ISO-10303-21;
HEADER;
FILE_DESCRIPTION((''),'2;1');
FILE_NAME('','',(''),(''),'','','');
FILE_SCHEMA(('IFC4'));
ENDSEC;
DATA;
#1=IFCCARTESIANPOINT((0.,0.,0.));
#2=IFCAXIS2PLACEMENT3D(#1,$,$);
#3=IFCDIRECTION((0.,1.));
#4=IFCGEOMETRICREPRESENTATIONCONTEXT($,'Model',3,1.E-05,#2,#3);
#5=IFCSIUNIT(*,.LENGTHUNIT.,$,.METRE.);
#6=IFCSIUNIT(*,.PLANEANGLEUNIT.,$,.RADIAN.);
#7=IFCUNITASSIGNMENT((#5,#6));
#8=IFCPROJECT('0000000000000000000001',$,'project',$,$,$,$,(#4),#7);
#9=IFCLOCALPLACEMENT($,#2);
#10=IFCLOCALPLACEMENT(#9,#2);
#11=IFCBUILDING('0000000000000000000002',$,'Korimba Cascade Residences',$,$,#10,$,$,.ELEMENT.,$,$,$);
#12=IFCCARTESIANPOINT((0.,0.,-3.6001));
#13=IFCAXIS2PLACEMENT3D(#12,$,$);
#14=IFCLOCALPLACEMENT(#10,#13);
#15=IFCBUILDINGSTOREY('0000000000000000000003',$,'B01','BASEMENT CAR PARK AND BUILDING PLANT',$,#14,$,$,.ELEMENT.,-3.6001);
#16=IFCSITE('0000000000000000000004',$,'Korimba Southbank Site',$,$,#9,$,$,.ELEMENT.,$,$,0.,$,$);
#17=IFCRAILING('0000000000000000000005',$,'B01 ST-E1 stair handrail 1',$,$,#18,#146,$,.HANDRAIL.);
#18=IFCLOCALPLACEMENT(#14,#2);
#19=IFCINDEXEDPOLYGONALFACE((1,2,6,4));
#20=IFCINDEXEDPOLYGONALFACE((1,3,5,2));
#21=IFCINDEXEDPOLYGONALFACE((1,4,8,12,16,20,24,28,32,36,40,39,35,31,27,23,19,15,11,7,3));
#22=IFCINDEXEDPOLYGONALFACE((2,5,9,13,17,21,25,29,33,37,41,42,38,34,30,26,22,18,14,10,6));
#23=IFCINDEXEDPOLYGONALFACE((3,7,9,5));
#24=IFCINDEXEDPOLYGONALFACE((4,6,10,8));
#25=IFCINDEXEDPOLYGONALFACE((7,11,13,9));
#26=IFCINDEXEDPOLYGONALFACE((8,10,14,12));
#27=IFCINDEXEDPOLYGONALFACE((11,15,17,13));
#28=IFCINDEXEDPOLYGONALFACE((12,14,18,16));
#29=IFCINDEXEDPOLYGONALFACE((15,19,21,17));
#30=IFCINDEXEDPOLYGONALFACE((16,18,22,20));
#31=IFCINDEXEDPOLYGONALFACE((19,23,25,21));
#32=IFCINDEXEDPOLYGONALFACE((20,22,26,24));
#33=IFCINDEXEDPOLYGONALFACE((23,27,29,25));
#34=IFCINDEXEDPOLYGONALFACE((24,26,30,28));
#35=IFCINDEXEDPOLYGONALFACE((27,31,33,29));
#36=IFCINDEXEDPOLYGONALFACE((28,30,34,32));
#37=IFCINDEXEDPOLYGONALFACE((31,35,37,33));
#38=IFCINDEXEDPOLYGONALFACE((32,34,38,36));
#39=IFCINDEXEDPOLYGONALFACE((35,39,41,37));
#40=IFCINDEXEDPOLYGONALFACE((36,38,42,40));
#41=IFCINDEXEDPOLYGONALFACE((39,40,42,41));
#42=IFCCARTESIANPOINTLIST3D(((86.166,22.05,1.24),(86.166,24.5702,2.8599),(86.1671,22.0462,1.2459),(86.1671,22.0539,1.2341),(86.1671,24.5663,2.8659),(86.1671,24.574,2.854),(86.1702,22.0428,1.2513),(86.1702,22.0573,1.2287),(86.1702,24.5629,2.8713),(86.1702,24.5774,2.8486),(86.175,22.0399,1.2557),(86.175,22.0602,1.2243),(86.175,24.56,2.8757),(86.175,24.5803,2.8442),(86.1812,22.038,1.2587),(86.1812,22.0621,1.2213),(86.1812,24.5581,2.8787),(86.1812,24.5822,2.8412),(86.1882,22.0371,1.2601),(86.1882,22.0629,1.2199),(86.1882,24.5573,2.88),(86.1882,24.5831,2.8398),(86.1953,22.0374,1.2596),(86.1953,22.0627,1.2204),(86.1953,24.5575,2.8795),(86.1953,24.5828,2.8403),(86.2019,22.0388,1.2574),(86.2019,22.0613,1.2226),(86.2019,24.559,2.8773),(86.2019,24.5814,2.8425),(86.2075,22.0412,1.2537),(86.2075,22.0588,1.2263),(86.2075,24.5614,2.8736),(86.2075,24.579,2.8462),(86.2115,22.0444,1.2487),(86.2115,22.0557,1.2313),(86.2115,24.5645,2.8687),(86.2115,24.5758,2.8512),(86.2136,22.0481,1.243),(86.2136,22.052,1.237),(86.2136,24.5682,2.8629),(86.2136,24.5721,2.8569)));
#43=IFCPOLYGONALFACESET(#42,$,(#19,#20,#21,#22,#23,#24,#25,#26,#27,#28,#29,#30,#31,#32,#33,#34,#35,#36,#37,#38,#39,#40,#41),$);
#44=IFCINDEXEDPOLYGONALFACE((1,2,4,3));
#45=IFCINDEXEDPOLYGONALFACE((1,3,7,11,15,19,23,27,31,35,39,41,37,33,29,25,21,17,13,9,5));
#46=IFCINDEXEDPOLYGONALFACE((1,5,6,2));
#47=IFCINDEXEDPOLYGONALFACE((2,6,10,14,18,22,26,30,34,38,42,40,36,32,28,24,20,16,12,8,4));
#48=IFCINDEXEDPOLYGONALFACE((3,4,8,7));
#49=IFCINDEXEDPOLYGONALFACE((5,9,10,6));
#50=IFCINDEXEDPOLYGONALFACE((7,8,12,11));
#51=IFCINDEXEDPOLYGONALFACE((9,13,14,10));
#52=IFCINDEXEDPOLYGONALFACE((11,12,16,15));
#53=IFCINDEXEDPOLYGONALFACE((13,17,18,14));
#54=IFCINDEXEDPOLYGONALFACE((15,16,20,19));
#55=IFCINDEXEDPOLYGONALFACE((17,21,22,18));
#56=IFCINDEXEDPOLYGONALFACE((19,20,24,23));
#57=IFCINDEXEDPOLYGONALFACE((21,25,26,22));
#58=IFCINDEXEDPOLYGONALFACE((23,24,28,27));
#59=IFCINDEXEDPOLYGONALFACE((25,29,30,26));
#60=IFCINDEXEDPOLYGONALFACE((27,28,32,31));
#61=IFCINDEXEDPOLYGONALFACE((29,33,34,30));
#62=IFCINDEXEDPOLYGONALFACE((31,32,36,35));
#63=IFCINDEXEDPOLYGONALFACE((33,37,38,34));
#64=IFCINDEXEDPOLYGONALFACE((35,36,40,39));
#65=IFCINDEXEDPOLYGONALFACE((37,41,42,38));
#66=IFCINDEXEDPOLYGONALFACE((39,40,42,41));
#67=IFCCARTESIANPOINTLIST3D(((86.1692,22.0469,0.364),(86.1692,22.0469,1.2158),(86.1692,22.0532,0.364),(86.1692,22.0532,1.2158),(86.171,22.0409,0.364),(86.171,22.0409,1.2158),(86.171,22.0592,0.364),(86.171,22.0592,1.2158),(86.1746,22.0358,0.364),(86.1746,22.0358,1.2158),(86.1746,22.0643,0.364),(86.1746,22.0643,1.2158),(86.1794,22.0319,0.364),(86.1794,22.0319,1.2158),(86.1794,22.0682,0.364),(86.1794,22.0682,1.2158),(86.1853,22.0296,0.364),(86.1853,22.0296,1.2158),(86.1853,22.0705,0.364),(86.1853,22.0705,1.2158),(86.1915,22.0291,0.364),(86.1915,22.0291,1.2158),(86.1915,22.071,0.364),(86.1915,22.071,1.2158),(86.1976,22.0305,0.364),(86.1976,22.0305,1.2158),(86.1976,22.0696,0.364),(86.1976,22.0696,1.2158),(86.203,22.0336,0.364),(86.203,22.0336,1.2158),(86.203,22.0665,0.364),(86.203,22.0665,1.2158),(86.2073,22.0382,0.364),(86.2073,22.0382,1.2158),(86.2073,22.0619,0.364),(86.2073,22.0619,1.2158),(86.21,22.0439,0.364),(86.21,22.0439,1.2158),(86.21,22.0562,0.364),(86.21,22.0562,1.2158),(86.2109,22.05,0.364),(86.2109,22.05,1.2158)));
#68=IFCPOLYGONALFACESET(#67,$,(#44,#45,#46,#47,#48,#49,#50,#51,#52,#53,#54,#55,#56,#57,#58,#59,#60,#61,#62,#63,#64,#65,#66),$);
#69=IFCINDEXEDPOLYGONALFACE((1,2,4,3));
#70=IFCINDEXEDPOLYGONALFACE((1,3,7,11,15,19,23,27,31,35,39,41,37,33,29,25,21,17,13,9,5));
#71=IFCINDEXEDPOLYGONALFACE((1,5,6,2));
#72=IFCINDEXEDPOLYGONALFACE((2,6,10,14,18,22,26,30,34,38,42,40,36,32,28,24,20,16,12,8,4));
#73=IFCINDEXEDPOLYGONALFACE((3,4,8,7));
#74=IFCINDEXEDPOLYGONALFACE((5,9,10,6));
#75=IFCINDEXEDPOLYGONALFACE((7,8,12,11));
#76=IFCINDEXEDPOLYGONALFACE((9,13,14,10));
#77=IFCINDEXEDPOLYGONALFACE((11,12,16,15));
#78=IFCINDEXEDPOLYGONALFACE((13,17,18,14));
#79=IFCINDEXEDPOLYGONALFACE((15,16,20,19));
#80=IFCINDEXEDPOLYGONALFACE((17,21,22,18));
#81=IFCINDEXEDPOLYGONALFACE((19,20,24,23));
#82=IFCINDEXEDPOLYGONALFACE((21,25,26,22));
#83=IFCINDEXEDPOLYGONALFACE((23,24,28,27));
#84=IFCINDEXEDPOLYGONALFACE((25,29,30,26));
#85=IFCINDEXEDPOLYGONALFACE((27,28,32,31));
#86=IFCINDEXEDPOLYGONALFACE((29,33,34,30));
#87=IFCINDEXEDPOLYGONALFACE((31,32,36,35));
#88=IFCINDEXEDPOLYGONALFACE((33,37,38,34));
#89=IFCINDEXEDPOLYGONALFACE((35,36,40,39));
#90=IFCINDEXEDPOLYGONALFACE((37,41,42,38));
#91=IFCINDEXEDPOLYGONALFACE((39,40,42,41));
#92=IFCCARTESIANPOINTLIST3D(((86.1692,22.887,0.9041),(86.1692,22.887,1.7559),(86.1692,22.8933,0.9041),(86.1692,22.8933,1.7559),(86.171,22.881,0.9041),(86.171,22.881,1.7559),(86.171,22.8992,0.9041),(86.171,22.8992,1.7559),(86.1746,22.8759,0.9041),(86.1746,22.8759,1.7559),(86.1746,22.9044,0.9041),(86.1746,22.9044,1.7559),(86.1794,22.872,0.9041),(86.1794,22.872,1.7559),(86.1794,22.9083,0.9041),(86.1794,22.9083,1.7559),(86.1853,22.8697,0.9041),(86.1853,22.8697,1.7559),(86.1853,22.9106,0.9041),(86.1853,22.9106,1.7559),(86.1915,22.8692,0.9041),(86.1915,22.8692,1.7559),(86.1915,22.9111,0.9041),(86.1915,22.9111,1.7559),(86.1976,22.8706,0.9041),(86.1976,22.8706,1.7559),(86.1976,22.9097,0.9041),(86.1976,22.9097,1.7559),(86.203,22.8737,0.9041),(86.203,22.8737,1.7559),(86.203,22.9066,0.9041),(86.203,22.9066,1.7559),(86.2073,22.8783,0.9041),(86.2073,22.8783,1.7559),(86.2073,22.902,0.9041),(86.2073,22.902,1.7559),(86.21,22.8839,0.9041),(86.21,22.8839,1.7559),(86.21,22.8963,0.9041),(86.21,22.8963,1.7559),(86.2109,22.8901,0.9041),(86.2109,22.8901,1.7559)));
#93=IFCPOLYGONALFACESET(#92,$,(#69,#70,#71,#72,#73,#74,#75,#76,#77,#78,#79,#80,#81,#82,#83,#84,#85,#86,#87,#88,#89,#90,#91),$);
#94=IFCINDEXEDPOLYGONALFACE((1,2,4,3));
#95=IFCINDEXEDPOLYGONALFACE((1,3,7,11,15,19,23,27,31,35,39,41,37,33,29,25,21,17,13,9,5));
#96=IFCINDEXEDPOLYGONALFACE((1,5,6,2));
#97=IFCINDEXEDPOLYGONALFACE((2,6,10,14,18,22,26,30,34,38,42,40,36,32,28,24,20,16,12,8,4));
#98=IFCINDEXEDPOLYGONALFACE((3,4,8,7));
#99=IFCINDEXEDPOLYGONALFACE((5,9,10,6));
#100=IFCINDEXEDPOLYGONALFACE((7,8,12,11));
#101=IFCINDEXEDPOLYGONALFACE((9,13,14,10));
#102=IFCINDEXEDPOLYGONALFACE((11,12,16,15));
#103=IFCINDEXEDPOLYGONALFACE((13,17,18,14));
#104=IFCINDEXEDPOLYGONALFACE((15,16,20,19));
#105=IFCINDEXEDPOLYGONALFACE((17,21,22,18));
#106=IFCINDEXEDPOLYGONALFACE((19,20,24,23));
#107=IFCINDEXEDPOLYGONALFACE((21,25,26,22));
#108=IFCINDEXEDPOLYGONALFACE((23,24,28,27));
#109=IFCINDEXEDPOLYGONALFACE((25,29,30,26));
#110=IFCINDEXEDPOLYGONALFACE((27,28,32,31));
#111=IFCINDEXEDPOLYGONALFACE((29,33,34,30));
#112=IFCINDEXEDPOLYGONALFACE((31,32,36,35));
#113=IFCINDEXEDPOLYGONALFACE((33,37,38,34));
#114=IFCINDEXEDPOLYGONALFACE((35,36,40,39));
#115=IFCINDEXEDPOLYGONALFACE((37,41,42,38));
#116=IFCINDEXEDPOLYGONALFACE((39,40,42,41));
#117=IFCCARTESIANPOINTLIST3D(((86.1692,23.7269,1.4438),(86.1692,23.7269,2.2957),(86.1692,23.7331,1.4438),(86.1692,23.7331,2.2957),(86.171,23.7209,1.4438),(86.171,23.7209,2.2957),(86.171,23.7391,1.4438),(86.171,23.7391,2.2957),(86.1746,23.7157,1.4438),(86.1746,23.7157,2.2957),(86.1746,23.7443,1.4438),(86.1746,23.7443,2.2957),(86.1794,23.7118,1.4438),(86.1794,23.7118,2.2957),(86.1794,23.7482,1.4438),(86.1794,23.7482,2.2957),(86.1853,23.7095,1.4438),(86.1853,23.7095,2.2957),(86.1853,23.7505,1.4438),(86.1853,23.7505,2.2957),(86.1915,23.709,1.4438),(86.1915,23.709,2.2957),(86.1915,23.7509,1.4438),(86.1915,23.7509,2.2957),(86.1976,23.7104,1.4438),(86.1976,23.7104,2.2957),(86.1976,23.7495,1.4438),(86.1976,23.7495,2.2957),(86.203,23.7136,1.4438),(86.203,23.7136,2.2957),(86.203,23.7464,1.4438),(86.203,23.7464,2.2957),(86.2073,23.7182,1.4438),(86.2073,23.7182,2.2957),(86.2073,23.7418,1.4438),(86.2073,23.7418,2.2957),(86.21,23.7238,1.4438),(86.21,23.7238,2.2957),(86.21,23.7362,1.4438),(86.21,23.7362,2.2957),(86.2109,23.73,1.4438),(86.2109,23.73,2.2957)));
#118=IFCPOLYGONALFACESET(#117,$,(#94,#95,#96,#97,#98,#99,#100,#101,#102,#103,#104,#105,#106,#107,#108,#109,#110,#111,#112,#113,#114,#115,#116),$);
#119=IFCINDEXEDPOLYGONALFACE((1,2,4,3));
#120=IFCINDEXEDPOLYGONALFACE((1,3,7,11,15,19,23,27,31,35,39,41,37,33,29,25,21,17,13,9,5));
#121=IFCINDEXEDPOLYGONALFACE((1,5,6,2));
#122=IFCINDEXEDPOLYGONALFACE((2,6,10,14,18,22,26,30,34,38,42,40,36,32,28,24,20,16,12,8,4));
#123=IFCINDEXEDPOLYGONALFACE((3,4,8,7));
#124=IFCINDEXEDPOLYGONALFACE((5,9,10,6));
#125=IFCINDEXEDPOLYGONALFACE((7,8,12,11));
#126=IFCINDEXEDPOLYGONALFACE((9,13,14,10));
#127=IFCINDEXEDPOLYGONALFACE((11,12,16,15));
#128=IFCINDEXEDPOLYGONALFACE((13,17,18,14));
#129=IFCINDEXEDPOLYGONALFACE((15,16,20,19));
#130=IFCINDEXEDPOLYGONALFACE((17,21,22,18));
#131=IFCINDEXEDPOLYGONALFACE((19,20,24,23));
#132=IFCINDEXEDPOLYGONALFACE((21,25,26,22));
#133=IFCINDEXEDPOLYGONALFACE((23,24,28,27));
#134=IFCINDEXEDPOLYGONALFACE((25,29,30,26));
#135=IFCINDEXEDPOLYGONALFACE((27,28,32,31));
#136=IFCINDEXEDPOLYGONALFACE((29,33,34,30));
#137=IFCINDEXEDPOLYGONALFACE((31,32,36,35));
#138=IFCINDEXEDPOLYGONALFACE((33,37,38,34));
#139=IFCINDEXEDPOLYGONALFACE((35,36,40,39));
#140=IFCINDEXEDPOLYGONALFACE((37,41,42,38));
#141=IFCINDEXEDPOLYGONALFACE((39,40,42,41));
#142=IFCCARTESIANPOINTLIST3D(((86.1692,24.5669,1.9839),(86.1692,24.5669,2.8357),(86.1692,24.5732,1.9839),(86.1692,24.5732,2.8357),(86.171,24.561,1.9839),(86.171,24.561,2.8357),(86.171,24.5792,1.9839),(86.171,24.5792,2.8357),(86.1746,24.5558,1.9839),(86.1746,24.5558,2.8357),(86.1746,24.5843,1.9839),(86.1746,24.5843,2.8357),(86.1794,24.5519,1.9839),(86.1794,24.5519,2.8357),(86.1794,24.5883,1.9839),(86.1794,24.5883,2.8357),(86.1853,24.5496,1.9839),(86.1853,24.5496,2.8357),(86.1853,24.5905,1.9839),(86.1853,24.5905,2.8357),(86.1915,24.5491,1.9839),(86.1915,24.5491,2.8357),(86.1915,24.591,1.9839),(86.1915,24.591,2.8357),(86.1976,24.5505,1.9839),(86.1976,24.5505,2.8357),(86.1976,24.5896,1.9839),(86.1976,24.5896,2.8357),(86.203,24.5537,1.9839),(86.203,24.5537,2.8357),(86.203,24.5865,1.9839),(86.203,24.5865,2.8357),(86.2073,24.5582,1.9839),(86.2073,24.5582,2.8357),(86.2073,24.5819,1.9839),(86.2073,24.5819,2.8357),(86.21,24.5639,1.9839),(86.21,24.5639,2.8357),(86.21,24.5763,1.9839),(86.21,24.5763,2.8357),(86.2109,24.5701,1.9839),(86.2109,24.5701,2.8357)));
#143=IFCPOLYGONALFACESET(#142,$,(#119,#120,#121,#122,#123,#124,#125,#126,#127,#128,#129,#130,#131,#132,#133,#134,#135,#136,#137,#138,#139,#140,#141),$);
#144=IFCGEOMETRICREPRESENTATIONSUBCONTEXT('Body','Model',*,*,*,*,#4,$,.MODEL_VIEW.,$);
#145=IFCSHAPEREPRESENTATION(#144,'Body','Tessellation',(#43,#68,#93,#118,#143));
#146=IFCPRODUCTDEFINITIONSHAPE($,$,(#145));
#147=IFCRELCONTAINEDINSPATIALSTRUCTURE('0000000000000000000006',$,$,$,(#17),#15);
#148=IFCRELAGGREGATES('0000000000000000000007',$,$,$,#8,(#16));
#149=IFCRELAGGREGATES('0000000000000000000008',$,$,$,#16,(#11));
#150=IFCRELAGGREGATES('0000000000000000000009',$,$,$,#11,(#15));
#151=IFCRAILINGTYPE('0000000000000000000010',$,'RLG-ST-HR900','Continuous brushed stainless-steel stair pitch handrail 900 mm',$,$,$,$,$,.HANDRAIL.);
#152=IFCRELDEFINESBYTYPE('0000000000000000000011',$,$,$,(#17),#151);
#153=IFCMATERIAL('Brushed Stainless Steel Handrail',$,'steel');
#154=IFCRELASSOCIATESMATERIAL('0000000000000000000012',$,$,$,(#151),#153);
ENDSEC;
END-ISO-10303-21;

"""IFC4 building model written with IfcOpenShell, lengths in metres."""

from ifc_helpers import new_model, si_unit, direction, frame, origin, origin_2d, place, context, subcontext, project, spatial, circle, extrude, material, type_object, element, save


model = new_model("IFC4")

# Units and contexts
model_context = context("Model", 3, precision=1e-05, world=origin(), true_north=direction((0.0, 1.0)))
body_context = subcontext(model_context, "Body", "Model", "MODEL_VIEW")
ifc_project = project(units=[si_unit("LENGTHUNIT", "METRE"), si_unit("PLANEANGLEUNIT", "RADIAN")], contexts=[model_context])

# Site, building, storey
site_placement = place(None, origin())
site = spatial("IfcSite", under=ifc_project, at=site_placement, Name="Korimba Southbank Site", CompositionType="ELEMENT", RefElevation=0.0)
building_placement = place(site_placement, origin())
building = spatial("IfcBuilding", under=site, at=building_placement, Name="Korimba Cascade Residences", CompositionType="ELEMENT")
storey_placement = place(building_placement, frame((0.0, 0.0, -3.6001)))
storey = spatial("IfcBuildingStorey", under=building, at=storey_placement, Name="B01", Description="BASEMENT CAR PARK AND BUILDING PLANT", CompositionType="ELEMENT", Elevation=-3.6001)

# Railing
ifc_material_1 = material(Name="Brushed Stainless Steel Handrail", Category="steel")
railing_type_1 = type_object("IfcRailingType", Name="RLG-ST-HR900", Description="Continuous brushed stainless-steel stair pitch handrail 900 mm", PredefinedType="HANDRAIL", material=ifc_material_1)
railing_1_placement = place(storey_placement, frame((86.1899, 22.05, 0.364)))
element("IfcRailing", 1, at=railing_1_placement, inside=storey, type_object=railing_type_1, Name="B01 ST-E1 stair handrail 1", PredefinedType="HANDRAIL", context=body_context, shape_type="SweptSolid", body=[
    extrude(circle(Radius=0.0239, at=origin_2d()), frame((0.0, 0.0, 0.876), z_axis=(0.0, 0.8412, 0.540725), x_axis=(-1.0, 0.0, 0.0)), (0.0, 0.0, 1.0), 2.9958),
    extrude(circle(Radius=0.021, at=origin_2d()), origin(), (0.0, 0.0, 1.0), 0.8518),
    extrude(circle(Radius=0.021, at=origin_2d()), frame((0.0, 0.8401, 0.54)), (0.0, 0.0, 1.0), 0.8518),
    extrude(circle(Radius=0.021, at=origin_2d()), frame((0.0, 1.6799, 1.0798)), (0.0, 0.0, 1.0), 0.8518),
    extrude(circle(Radius=0.021, at=origin_2d()), frame((0.0, 2.52, 1.6199)), (0.0, 0.0, 1.0), 0.8518),
])

save(model, "model.ifc")
